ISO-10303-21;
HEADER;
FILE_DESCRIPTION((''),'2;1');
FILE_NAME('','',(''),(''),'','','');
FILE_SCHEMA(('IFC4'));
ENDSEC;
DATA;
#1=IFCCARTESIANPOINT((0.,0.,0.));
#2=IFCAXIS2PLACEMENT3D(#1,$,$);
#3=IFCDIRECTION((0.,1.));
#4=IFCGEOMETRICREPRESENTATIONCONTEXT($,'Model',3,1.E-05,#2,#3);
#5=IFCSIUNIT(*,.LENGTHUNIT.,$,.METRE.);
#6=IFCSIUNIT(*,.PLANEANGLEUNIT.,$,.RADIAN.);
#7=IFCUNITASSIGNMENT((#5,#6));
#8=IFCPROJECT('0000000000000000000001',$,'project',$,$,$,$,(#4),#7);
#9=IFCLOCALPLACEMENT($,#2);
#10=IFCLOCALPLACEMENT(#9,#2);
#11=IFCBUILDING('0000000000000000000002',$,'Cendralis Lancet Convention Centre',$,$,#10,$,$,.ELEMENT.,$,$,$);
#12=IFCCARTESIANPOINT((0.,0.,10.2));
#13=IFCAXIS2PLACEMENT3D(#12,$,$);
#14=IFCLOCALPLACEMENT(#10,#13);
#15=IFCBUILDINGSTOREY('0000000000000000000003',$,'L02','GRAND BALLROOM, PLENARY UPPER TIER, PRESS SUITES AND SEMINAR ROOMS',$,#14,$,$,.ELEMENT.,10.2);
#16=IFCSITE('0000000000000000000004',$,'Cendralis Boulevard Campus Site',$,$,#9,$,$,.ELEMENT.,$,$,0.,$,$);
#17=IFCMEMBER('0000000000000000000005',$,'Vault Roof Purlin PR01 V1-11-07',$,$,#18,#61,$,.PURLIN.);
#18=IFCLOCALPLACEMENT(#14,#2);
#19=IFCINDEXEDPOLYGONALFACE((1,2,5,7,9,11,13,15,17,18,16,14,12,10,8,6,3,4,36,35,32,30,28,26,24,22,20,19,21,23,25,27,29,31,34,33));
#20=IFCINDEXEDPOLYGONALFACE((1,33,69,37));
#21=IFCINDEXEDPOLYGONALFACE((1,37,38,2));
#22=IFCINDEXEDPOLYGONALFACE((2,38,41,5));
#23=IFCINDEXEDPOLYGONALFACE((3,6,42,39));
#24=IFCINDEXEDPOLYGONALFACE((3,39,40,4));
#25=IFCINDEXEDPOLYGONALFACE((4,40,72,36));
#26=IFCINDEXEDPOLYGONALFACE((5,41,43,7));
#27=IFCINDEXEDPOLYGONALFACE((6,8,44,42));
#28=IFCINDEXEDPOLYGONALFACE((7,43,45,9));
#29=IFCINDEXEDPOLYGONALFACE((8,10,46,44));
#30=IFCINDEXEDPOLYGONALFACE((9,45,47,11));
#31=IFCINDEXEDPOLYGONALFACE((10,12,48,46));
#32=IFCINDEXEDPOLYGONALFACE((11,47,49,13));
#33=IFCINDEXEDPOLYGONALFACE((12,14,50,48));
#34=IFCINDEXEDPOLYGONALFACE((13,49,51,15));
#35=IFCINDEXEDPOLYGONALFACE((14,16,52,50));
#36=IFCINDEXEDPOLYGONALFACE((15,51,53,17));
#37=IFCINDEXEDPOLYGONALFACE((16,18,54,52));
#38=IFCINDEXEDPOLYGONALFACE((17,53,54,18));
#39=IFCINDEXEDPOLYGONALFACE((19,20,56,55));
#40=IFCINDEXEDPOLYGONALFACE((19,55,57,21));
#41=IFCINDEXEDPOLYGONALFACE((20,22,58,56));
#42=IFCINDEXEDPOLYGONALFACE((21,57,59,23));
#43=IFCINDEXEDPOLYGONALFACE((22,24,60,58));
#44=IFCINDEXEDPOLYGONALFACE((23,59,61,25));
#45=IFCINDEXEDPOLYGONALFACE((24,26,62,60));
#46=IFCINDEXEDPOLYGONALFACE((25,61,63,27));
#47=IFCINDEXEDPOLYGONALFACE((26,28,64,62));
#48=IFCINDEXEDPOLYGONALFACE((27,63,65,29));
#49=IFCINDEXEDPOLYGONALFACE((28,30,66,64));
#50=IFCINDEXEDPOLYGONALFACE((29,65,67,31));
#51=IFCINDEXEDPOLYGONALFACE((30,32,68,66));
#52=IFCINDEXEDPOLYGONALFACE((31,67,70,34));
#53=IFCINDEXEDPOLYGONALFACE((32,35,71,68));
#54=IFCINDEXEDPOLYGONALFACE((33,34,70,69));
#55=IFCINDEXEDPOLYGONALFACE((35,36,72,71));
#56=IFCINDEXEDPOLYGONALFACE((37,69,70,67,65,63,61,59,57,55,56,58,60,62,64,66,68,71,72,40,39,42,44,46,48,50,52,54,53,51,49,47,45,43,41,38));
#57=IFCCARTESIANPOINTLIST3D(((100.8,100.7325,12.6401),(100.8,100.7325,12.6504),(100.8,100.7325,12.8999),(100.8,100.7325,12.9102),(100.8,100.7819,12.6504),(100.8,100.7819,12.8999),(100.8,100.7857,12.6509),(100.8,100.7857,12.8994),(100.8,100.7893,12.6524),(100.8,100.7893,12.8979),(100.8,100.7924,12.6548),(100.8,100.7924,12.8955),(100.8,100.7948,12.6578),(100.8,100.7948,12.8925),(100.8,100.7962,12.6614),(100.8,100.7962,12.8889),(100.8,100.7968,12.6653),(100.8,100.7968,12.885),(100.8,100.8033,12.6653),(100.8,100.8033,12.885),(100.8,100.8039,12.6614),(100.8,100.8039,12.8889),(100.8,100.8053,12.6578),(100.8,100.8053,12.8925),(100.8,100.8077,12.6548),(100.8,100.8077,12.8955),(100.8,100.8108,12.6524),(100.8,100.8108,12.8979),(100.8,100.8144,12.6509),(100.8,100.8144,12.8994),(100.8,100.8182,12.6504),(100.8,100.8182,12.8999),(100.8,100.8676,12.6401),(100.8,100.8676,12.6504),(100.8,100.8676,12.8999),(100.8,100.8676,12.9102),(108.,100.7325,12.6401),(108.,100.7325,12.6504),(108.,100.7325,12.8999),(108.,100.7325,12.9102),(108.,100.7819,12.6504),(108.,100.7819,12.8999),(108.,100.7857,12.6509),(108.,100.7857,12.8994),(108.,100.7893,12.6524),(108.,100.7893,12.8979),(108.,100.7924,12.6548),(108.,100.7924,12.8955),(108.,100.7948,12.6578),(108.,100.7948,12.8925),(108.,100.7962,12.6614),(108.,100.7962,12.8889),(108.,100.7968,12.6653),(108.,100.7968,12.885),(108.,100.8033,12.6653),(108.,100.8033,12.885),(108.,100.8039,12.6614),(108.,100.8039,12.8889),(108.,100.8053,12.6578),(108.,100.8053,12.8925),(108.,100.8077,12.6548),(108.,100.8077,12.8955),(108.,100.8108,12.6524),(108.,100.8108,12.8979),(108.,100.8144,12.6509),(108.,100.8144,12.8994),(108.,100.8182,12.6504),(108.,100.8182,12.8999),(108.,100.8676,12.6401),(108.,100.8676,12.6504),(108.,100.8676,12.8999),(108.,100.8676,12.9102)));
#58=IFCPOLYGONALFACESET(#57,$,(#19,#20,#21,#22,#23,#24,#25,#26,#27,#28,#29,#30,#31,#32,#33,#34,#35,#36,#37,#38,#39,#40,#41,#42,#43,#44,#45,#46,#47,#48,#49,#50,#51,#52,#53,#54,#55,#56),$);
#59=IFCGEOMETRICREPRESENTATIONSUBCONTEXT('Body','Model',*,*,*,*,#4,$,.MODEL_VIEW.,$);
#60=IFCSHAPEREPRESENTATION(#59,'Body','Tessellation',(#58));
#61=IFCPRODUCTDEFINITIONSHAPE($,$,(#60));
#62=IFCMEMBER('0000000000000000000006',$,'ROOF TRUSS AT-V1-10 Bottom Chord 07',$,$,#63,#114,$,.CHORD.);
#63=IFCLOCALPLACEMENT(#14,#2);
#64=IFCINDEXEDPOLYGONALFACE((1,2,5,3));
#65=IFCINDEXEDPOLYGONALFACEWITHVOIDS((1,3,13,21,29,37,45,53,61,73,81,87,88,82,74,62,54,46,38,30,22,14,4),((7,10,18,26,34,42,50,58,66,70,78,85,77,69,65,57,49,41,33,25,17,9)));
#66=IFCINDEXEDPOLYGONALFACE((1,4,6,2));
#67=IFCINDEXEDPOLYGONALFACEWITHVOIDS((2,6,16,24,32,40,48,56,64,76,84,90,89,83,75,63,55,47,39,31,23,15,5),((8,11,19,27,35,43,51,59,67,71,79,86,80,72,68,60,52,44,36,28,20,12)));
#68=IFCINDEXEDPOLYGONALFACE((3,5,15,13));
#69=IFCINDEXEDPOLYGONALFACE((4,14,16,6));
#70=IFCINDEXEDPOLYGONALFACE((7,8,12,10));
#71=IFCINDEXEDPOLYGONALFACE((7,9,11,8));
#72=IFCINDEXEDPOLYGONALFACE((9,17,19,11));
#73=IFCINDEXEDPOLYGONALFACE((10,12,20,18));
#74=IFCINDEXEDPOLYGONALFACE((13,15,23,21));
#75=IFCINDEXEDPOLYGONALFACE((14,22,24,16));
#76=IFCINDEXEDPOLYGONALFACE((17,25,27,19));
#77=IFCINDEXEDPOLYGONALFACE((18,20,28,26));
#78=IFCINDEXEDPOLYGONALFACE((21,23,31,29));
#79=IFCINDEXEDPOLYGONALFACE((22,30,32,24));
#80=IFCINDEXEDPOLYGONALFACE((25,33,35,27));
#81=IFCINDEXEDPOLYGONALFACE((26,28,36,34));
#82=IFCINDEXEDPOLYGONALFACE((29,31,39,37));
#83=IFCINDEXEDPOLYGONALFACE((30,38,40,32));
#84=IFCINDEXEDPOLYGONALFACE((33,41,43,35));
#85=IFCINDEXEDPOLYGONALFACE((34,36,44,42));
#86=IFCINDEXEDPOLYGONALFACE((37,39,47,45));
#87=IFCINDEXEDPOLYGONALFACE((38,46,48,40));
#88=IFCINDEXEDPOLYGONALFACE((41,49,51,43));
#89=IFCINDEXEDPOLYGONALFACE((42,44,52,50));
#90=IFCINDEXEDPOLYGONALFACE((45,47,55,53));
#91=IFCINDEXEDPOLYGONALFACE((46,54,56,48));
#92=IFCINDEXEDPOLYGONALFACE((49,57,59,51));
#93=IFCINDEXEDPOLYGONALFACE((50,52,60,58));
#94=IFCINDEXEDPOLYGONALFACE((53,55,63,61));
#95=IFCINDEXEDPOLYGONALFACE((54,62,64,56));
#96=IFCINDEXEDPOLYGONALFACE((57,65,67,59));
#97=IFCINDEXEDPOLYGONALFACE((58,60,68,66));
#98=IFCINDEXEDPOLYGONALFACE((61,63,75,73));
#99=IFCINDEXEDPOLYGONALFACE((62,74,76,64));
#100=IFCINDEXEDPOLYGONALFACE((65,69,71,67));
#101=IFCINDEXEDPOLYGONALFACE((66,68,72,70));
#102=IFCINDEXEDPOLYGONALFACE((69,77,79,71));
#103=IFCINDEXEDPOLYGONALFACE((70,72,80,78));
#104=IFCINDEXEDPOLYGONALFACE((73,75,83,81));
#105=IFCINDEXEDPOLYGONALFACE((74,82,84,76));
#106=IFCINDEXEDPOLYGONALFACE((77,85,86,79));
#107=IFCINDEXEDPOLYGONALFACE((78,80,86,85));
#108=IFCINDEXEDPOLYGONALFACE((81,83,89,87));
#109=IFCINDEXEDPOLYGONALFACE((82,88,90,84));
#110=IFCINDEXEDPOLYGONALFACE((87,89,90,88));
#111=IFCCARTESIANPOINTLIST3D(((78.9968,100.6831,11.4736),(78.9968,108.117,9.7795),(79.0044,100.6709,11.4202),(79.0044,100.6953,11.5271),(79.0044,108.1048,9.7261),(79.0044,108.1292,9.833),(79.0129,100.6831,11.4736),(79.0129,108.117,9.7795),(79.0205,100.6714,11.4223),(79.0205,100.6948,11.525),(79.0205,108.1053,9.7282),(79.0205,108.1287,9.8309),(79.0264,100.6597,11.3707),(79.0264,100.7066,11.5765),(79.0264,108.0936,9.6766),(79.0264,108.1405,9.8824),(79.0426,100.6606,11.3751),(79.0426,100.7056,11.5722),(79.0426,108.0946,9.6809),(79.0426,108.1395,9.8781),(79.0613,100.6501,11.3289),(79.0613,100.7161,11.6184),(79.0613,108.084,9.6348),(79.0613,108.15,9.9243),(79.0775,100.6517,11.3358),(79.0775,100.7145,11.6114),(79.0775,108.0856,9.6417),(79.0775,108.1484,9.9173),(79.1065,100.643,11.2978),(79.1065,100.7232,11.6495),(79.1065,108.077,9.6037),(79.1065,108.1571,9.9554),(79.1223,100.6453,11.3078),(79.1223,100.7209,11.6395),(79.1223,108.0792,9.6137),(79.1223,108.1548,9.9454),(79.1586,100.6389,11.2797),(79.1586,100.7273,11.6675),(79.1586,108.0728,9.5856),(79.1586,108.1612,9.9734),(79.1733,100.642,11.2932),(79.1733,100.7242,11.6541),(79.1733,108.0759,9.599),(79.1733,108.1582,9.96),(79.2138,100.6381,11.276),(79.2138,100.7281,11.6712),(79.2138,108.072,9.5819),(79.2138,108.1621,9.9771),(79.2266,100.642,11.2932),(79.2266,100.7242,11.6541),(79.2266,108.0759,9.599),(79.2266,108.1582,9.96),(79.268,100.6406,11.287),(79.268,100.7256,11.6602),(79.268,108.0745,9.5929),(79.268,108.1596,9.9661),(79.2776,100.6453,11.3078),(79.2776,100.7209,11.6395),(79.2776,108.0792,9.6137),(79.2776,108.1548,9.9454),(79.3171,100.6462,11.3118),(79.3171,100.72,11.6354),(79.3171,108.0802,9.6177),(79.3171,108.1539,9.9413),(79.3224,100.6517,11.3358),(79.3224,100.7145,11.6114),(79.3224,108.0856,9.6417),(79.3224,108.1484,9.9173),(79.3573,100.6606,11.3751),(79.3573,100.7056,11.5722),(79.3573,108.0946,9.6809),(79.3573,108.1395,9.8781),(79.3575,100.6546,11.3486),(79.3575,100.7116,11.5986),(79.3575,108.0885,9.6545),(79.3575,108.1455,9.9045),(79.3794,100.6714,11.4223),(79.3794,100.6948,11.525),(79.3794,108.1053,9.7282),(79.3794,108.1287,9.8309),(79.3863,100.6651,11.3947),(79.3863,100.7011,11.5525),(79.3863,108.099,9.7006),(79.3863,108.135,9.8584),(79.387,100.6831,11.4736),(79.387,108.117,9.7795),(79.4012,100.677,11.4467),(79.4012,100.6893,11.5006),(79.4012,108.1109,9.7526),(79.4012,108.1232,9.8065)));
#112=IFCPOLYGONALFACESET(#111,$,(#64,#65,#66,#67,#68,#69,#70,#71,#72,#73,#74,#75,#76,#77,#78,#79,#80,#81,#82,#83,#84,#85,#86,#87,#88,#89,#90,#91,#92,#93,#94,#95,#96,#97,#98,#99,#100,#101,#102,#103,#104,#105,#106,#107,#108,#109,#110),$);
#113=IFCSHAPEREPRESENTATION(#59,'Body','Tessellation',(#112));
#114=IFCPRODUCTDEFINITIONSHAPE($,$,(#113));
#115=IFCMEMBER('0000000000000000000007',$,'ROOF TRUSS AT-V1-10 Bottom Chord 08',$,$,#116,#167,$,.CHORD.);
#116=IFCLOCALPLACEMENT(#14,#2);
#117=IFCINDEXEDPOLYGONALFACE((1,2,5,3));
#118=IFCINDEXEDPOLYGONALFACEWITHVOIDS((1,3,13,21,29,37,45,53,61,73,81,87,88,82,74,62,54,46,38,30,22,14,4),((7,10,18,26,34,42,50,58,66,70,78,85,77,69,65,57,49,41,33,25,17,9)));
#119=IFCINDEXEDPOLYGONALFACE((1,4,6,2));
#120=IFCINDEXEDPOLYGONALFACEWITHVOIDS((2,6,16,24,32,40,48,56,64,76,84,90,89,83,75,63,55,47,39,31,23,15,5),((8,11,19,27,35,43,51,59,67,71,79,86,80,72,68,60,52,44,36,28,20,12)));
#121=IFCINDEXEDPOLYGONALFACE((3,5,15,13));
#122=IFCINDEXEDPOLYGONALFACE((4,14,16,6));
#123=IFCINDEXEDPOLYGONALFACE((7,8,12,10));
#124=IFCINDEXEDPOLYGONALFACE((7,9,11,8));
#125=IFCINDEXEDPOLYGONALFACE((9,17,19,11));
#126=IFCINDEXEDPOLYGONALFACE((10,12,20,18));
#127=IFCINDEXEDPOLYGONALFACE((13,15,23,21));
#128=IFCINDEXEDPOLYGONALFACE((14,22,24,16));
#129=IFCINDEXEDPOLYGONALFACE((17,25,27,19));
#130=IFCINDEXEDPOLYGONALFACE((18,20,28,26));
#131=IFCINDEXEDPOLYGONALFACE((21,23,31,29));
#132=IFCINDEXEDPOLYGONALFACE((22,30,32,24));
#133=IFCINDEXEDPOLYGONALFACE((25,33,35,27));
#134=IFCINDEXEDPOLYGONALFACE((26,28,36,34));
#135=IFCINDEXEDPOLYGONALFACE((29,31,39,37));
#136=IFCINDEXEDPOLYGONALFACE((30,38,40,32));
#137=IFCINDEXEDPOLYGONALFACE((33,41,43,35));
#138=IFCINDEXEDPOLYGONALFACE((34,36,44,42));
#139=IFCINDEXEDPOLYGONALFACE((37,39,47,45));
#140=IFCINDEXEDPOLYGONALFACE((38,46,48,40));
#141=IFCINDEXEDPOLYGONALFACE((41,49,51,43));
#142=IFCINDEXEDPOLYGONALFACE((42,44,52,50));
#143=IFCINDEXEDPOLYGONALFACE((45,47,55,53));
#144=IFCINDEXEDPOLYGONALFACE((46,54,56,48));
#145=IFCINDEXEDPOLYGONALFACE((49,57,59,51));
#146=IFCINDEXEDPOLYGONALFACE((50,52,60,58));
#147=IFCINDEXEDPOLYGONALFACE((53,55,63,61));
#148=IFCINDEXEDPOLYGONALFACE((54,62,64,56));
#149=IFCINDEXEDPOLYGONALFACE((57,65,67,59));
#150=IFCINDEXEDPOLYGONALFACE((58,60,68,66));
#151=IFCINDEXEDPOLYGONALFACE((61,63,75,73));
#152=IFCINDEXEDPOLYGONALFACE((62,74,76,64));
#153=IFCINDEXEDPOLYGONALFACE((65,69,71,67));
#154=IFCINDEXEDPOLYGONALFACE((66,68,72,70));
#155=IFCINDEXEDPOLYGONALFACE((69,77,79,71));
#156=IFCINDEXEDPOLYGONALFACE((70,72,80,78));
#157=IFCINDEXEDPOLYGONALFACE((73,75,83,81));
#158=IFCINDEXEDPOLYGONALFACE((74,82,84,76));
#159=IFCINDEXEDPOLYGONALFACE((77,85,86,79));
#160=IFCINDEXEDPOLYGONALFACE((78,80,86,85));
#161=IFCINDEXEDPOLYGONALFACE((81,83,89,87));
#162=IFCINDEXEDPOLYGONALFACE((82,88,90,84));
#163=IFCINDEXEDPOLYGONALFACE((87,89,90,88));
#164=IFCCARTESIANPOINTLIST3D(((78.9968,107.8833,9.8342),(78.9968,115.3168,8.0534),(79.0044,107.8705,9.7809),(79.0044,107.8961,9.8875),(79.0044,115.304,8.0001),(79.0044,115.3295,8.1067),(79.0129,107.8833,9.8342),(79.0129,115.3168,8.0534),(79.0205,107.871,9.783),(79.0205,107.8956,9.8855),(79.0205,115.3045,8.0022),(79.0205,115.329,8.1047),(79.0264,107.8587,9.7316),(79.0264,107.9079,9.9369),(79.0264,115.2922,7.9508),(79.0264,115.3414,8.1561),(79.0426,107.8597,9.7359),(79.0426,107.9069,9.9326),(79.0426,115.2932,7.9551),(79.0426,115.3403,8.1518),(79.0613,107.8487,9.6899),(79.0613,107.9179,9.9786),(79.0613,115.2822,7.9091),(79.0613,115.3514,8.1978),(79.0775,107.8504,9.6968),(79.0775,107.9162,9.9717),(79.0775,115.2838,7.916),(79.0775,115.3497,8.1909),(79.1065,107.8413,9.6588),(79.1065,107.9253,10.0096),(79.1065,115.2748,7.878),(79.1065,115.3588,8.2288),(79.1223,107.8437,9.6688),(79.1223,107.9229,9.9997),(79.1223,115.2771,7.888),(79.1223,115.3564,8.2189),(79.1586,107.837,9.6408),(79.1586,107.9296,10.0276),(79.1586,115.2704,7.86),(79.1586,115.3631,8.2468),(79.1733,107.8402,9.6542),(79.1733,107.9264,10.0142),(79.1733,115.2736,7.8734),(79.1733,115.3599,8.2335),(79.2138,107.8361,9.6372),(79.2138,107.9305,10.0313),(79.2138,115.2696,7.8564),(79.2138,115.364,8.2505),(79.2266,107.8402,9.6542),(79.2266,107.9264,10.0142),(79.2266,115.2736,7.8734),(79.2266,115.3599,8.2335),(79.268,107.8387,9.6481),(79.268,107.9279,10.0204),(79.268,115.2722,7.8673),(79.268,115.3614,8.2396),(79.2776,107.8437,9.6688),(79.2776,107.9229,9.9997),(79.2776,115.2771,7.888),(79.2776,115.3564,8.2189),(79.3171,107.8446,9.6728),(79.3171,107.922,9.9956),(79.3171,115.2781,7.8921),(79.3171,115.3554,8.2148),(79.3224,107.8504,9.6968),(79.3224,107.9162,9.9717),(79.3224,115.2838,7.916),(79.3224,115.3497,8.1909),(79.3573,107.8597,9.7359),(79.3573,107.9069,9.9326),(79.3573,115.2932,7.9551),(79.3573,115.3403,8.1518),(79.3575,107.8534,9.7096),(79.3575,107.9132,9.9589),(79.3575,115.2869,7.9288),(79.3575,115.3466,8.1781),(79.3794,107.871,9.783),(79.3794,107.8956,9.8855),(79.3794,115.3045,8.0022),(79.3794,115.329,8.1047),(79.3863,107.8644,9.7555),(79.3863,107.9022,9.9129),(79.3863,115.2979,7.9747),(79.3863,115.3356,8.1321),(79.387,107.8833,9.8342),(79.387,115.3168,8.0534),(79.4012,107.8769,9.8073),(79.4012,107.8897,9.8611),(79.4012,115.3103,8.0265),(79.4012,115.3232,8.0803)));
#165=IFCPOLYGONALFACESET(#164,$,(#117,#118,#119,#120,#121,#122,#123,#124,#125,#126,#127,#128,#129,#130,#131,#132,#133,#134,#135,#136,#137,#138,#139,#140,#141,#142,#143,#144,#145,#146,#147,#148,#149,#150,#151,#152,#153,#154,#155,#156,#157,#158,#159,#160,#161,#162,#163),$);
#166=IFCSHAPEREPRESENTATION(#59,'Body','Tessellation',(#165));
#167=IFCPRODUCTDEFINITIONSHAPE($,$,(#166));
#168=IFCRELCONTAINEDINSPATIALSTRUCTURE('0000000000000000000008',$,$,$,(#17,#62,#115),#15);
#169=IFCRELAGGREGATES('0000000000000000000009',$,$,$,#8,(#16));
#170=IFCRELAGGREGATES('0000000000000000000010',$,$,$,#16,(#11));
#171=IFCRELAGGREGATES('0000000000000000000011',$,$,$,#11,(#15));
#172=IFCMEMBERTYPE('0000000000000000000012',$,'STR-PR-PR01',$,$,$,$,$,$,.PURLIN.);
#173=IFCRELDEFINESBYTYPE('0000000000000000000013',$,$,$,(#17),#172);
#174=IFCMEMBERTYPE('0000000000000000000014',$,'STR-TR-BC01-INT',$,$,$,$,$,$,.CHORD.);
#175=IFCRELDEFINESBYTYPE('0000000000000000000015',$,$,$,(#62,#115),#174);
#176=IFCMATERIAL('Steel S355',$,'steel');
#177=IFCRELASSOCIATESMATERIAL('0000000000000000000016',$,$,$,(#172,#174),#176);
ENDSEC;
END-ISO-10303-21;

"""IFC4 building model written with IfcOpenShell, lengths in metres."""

from ifc_helpers import new_model, si_unit, direction, frame, origin, origin_2d, place, context, subcontext, project, spatial, hollow_circle, i_section, extrude, material, material_profile, profile_set, type_object, element, save


model = new_model("IFC4")

# Units and contexts
model_context = context("Model", 3, precision=1e-05, world=origin(), true_north=direction((0.0, 1.0)))
body_context = subcontext(model_context, "Body", "Model", "MODEL_VIEW")
ifc_project = project(units=[si_unit("LENGTHUNIT", "METRE"), si_unit("PLANEANGLEUNIT", "RADIAN")], contexts=[model_context])

# Site, building, storey
site_placement = place(None, origin())
site = spatial("IfcSite", under=ifc_project, at=site_placement, Name="Cendralis Boulevard Campus Site", CompositionType="ELEMENT", RefElevation=0.0)
building_placement = place(site_placement, origin())
building = spatial("IfcBuilding", under=site, at=building_placement, Name="Cendralis Lancet Convention Centre", CompositionType="ELEMENT")
storey_placement = place(building_placement, frame((0.0, 0.0, 10.2)))
storey = spatial("IfcBuildingStorey", under=building, at=storey_placement, Name="L02", Description="GRAND BALLROOM, PLENARY UPPER TIER, PRESS SUITES AND SEMINAR ROOMS", CompositionType="ELEMENT", Elevation=10.2)

# Members
ifc_material = material(Name="Steel S355", Category="steel")
ifc_material_profile_1 = material_profile(ifc_material, i_section(OverallWidth=0.135, OverallDepth=0.27, WebThickness=0.0066, FlangeThickness=0.0103, FilletRadius=0.0149, at=origin_2d()), Name="IPE 270")
ifc_profile_set_1 = profile_set([ifc_material_profile_1], Name="Steel S355")
member_type_1 = type_object("IfcMemberType", Name="STR-PR-PR01", PredefinedType="PURLIN", material=ifc_profile_set_1)
for number, where, z_axis, x_axis, name in (
    (1, (100.8, 100.8, 12.7751), (1.0, 0.0, 0.0), (0.0, 1.0, 0.0), "Vault Roof Purlin PR01 V1-11-07"),
):
    element("IfcMember", number, at=place(storey_placement, frame(where, z_axis=z_axis, x_axis=x_axis)), inside=storey, type_object=member_type_1, Name=name, PredefinedType="PURLIN", context=body_context, shape_type="SweptSolid", body=[
        extrude(i_section(OverallWidth=0.135, OverallDepth=0.27, WebThickness=0.0066, FlangeThickness=0.0103, FilletRadius=0.0149, at=origin_2d()), origin(), (0.0, 0.0, 1.0), 7.2),
    ])
ifc_material_profile_2 = material_profile(ifc_material, hollow_circle(Radius=0.2031, WallThickness=0.0161, at=origin_2d()), Name="CHS 406.4x16.0")
ifc_profile_set_2 = profile_set([ifc_material_profile_2], Name="Steel S355")
member_type_2 = type_object("IfcMemberType", Name="STR-TR-BC01-INT", PredefinedType="CHORD", material=ifc_profile_set_2)
member_1_placement = place(storey_placement, frame((79.2, 100.6831, 11.4736), z_axis=(0.0, 0.975003, -0.222193), x_axis=(-1.0, 0.0, 0.0)))
element("IfcMember", 2, at=member_1_placement, inside=storey, type_object=member_type_2, Name="ROOF TRUSS AT-V1-10 Bottom Chord 07", PredefinedType="CHORD", context=body_context, shape_type="SweptSolid", body=[
    extrude(hollow_circle(Radius=0.2031, WallThickness=0.0161, at=origin_2d()), origin(), (0.0, 0.0, 1.0), 7.6245),
])
member_2_placement = place(storey_placement, frame((79.2, 107.8833, 9.8342), z_axis=(0.0, 0.972483, -0.232972), x_axis=(-1.0, 0.0, 0.0)))
element("IfcMember", 3, at=member_2_placement, inside=storey, type_object=member_type_2, Name="ROOF TRUSS AT-V1-10 Bottom Chord 08", PredefinedType="CHORD", context=body_context, shape_type="SweptSolid", body=[
    extrude(hollow_circle(Radius=0.2031, WallThickness=0.0161, at=origin_2d()), origin(), (0.0, 0.0, 1.0), 7.6438),
])

save(model, "model.ifc")
